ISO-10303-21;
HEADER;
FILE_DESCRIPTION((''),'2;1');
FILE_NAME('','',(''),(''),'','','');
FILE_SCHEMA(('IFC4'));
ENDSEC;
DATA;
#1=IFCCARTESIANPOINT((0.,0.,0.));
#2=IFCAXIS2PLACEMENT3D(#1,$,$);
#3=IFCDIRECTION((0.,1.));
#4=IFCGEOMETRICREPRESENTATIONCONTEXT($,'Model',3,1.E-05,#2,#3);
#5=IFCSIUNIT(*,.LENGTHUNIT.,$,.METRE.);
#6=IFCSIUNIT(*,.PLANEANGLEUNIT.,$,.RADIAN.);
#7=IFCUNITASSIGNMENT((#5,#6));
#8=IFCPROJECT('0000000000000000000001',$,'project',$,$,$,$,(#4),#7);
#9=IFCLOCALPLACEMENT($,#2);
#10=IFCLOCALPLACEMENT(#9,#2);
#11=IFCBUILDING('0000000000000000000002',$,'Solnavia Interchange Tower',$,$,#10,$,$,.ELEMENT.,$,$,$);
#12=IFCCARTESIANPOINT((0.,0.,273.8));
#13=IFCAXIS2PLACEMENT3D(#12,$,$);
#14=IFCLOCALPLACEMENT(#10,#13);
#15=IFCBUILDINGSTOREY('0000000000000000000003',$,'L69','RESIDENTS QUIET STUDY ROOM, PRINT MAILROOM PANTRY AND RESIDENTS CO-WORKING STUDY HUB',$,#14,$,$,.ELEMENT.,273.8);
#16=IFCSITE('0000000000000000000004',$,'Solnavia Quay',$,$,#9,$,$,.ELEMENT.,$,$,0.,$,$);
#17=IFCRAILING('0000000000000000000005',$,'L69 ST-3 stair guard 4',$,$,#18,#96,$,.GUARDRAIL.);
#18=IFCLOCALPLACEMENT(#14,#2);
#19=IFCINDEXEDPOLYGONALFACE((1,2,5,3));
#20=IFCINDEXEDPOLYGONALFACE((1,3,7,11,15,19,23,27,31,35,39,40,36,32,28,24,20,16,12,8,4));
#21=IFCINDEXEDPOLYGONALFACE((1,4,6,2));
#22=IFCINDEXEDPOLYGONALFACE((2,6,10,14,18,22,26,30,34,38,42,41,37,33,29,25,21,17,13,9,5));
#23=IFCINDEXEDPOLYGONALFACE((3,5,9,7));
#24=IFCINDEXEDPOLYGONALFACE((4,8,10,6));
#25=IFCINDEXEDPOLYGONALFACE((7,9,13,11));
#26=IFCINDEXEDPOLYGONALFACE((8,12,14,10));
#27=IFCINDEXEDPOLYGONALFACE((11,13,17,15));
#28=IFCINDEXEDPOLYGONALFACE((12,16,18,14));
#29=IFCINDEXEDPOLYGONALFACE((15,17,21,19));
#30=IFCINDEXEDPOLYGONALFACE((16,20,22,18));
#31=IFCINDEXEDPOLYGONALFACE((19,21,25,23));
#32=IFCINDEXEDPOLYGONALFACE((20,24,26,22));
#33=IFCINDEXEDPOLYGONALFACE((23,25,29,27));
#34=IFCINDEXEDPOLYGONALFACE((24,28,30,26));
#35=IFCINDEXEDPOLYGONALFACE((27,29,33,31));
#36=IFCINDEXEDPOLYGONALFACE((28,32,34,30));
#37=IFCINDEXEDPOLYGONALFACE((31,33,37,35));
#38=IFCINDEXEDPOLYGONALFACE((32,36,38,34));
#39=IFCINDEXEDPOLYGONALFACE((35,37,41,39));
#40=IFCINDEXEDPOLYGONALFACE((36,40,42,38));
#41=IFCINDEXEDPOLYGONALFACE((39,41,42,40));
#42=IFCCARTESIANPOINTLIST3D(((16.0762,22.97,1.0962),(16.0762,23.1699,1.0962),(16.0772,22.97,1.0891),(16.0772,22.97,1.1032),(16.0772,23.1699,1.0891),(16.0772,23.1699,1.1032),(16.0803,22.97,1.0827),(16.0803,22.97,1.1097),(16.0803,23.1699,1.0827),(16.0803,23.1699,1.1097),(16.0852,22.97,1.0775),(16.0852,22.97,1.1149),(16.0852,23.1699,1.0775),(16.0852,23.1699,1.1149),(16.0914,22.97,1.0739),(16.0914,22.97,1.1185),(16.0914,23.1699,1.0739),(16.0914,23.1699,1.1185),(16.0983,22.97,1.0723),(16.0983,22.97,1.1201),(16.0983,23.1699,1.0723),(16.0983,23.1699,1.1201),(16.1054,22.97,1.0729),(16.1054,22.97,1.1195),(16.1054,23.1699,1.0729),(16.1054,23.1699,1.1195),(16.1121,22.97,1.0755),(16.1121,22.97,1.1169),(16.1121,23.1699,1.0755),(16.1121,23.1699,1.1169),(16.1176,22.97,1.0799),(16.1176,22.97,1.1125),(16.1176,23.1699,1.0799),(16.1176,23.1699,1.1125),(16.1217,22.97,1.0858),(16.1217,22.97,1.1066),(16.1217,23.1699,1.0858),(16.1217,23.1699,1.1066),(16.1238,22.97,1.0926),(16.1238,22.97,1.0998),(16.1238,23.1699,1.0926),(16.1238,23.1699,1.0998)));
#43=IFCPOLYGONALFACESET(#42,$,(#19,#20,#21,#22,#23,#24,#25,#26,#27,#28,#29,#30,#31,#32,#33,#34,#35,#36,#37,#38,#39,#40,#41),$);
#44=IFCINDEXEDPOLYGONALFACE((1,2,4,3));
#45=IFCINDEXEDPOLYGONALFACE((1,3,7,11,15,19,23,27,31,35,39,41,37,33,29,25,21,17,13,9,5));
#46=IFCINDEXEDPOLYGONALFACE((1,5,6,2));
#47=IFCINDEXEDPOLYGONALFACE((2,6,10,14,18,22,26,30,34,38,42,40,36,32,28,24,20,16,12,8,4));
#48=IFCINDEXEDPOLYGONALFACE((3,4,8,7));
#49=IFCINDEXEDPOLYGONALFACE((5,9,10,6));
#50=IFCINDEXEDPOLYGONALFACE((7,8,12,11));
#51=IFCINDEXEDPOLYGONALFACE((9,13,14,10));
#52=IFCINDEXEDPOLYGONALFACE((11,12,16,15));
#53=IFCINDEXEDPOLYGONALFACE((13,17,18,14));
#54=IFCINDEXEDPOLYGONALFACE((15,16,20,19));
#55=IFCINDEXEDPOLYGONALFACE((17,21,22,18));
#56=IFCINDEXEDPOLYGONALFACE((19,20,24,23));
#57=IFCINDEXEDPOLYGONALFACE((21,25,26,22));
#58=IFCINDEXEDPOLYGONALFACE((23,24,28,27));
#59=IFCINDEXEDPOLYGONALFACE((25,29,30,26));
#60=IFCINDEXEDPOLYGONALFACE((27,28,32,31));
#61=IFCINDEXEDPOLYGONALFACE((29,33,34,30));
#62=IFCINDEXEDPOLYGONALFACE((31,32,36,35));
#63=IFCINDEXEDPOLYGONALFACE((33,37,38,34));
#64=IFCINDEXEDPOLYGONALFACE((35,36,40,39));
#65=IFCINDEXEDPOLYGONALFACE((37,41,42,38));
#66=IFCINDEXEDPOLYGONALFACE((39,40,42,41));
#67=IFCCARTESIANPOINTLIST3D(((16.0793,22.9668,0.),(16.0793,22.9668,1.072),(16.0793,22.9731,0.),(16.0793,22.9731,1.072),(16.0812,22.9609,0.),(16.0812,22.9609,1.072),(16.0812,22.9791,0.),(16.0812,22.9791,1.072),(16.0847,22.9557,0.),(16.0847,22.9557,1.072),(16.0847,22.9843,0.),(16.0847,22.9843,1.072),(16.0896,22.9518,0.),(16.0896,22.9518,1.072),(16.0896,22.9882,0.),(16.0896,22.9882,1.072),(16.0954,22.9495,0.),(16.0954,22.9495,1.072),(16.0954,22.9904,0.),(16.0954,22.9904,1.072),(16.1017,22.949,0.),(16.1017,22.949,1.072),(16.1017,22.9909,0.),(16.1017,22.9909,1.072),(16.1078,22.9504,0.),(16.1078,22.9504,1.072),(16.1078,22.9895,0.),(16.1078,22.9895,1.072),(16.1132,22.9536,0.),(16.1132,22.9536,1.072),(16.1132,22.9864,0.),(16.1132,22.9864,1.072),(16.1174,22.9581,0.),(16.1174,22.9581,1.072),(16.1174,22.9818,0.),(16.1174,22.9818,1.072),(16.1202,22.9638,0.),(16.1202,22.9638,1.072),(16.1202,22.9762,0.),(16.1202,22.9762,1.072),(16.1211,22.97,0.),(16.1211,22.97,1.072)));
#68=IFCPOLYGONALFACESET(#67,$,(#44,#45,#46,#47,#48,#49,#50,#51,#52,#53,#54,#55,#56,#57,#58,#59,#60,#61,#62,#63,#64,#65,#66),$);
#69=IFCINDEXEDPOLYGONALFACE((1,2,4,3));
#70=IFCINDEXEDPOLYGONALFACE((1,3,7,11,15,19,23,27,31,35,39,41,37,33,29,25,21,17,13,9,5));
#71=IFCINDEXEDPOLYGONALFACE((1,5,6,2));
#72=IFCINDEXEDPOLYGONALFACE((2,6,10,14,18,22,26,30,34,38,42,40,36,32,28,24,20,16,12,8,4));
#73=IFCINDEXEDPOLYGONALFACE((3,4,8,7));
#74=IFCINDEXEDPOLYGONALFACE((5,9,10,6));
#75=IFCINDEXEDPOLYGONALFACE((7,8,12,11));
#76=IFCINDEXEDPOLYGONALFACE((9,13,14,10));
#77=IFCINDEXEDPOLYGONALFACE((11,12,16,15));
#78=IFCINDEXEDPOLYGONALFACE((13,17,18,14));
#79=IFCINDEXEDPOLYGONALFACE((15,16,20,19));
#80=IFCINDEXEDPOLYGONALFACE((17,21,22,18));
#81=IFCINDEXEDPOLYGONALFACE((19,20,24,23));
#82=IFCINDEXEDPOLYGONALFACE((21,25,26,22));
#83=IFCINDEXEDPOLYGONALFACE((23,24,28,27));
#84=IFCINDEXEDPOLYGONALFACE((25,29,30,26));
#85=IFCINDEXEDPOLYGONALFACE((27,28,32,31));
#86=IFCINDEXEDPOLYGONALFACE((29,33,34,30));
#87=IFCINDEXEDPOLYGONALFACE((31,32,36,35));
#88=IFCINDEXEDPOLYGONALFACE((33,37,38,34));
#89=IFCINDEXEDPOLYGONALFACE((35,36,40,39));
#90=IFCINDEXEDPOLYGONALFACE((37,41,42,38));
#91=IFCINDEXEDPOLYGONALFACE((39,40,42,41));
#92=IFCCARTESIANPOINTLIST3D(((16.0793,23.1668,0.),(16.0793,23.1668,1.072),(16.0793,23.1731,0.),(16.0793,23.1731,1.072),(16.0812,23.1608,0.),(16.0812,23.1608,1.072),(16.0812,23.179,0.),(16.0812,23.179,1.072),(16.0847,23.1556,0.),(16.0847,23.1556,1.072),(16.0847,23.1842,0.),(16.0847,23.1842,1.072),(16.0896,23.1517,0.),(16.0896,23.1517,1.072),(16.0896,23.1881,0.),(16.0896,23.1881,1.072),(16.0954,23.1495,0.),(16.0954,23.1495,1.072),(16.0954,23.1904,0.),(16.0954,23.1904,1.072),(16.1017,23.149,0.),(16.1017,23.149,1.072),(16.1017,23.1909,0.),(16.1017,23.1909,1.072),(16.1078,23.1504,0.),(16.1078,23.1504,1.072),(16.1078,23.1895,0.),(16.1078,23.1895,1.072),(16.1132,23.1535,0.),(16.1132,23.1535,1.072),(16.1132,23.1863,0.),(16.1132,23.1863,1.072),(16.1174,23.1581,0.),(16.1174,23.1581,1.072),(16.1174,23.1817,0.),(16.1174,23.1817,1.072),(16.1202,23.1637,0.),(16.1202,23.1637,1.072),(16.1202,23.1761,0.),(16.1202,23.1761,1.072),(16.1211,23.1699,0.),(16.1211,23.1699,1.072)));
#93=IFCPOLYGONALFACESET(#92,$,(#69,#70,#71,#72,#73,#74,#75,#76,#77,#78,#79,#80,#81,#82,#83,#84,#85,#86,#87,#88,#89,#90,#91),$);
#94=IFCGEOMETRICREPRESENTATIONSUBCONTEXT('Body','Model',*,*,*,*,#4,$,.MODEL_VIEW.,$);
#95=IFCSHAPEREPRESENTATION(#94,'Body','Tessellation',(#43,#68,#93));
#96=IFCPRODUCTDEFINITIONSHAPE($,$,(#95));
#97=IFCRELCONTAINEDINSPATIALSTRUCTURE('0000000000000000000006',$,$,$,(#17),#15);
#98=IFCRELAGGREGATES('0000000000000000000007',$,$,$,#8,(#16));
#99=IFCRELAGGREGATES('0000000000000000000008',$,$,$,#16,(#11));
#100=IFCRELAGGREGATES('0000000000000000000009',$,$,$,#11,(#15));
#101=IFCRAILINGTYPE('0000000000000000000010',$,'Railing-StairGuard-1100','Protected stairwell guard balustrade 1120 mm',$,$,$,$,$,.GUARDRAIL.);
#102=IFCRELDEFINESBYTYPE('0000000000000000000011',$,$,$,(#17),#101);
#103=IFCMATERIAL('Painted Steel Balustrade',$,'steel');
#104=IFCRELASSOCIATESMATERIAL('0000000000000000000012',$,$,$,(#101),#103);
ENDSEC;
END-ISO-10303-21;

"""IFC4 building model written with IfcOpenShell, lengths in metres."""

from ifc_helpers import new_model, si_unit, direction, frame, origin, origin_2d, place, context, subcontext, project, spatial, circle, extrude, material, type_object, element, save


model = new_model("IFC4")

# Units and contexts
model_context = context("Model", 3, precision=1e-05, world=origin(), true_north=direction((0.0, 1.0)))
body_context = subcontext(model_context, "Body", "Model", "MODEL_VIEW")
ifc_project = project(units=[si_unit("LENGTHUNIT", "METRE"), si_unit("PLANEANGLEUNIT", "RADIAN")], contexts=[model_context])

# Site, building, storey
site_placement = place(None, origin())
site = spatial("IfcSite", under=ifc_project, at=site_placement, Name="Solnavia Quay", CompositionType="ELEMENT", RefElevation=0.0)
building_placement = place(site_placement, origin())
building = spatial("IfcBuilding", under=site, at=building_placement, Name="Solnavia Interchange Tower", CompositionType="ELEMENT")
storey_placement = place(building_placement, frame((0.0, 0.0, 273.8)))
storey = spatial("IfcBuildingStorey", under=building, at=storey_placement, Name="L69", Description="RESIDENTS QUIET STUDY ROOM, PRINT MAILROOM PANTRY AND RESIDENTS CO-WORKING STUDY HUB", CompositionType="ELEMENT", Elevation=273.8)

# Railing
ifc_material_1 = material(Name="Painted Steel Balustrade", Category="steel")
railing_type_1 = type_object("IfcRailingType", Name="Railing-StairGuard-1100", Description="Protected stairwell guard balustrade 1120 mm", PredefinedType="GUARDRAIL", material=ifc_material_1)
railing_1_placement = place(storey_placement, frame((16.1001, 22.97, 0.0)))
element("IfcRailing", 1, at=railing_1_placement, inside=storey, type_object=railing_type_1, Name="L69 ST-3 stair guard 4", PredefinedType="GUARDRAIL", context=body_context, shape_type="SweptSolid", body=[
    extrude(circle(Radius=0.0239, at=origin_2d()), frame((0.0, 0.0, 1.0962), z_axis=(0.0, 1.0, 0.0), x_axis=(-1.0, 0.0, 0.0)), (0.0, 0.0, 1.0), 0.2),
    extrude(circle(Radius=0.021, at=origin_2d()), origin(), (0.0, 0.0, 1.0), 1.072),
    extrude(circle(Radius=0.021, at=origin_2d()), frame((0.0, 0.2, 0.0)), (0.0, 0.0, 1.0), 1.072),
])

save(model, "model.ifc")
